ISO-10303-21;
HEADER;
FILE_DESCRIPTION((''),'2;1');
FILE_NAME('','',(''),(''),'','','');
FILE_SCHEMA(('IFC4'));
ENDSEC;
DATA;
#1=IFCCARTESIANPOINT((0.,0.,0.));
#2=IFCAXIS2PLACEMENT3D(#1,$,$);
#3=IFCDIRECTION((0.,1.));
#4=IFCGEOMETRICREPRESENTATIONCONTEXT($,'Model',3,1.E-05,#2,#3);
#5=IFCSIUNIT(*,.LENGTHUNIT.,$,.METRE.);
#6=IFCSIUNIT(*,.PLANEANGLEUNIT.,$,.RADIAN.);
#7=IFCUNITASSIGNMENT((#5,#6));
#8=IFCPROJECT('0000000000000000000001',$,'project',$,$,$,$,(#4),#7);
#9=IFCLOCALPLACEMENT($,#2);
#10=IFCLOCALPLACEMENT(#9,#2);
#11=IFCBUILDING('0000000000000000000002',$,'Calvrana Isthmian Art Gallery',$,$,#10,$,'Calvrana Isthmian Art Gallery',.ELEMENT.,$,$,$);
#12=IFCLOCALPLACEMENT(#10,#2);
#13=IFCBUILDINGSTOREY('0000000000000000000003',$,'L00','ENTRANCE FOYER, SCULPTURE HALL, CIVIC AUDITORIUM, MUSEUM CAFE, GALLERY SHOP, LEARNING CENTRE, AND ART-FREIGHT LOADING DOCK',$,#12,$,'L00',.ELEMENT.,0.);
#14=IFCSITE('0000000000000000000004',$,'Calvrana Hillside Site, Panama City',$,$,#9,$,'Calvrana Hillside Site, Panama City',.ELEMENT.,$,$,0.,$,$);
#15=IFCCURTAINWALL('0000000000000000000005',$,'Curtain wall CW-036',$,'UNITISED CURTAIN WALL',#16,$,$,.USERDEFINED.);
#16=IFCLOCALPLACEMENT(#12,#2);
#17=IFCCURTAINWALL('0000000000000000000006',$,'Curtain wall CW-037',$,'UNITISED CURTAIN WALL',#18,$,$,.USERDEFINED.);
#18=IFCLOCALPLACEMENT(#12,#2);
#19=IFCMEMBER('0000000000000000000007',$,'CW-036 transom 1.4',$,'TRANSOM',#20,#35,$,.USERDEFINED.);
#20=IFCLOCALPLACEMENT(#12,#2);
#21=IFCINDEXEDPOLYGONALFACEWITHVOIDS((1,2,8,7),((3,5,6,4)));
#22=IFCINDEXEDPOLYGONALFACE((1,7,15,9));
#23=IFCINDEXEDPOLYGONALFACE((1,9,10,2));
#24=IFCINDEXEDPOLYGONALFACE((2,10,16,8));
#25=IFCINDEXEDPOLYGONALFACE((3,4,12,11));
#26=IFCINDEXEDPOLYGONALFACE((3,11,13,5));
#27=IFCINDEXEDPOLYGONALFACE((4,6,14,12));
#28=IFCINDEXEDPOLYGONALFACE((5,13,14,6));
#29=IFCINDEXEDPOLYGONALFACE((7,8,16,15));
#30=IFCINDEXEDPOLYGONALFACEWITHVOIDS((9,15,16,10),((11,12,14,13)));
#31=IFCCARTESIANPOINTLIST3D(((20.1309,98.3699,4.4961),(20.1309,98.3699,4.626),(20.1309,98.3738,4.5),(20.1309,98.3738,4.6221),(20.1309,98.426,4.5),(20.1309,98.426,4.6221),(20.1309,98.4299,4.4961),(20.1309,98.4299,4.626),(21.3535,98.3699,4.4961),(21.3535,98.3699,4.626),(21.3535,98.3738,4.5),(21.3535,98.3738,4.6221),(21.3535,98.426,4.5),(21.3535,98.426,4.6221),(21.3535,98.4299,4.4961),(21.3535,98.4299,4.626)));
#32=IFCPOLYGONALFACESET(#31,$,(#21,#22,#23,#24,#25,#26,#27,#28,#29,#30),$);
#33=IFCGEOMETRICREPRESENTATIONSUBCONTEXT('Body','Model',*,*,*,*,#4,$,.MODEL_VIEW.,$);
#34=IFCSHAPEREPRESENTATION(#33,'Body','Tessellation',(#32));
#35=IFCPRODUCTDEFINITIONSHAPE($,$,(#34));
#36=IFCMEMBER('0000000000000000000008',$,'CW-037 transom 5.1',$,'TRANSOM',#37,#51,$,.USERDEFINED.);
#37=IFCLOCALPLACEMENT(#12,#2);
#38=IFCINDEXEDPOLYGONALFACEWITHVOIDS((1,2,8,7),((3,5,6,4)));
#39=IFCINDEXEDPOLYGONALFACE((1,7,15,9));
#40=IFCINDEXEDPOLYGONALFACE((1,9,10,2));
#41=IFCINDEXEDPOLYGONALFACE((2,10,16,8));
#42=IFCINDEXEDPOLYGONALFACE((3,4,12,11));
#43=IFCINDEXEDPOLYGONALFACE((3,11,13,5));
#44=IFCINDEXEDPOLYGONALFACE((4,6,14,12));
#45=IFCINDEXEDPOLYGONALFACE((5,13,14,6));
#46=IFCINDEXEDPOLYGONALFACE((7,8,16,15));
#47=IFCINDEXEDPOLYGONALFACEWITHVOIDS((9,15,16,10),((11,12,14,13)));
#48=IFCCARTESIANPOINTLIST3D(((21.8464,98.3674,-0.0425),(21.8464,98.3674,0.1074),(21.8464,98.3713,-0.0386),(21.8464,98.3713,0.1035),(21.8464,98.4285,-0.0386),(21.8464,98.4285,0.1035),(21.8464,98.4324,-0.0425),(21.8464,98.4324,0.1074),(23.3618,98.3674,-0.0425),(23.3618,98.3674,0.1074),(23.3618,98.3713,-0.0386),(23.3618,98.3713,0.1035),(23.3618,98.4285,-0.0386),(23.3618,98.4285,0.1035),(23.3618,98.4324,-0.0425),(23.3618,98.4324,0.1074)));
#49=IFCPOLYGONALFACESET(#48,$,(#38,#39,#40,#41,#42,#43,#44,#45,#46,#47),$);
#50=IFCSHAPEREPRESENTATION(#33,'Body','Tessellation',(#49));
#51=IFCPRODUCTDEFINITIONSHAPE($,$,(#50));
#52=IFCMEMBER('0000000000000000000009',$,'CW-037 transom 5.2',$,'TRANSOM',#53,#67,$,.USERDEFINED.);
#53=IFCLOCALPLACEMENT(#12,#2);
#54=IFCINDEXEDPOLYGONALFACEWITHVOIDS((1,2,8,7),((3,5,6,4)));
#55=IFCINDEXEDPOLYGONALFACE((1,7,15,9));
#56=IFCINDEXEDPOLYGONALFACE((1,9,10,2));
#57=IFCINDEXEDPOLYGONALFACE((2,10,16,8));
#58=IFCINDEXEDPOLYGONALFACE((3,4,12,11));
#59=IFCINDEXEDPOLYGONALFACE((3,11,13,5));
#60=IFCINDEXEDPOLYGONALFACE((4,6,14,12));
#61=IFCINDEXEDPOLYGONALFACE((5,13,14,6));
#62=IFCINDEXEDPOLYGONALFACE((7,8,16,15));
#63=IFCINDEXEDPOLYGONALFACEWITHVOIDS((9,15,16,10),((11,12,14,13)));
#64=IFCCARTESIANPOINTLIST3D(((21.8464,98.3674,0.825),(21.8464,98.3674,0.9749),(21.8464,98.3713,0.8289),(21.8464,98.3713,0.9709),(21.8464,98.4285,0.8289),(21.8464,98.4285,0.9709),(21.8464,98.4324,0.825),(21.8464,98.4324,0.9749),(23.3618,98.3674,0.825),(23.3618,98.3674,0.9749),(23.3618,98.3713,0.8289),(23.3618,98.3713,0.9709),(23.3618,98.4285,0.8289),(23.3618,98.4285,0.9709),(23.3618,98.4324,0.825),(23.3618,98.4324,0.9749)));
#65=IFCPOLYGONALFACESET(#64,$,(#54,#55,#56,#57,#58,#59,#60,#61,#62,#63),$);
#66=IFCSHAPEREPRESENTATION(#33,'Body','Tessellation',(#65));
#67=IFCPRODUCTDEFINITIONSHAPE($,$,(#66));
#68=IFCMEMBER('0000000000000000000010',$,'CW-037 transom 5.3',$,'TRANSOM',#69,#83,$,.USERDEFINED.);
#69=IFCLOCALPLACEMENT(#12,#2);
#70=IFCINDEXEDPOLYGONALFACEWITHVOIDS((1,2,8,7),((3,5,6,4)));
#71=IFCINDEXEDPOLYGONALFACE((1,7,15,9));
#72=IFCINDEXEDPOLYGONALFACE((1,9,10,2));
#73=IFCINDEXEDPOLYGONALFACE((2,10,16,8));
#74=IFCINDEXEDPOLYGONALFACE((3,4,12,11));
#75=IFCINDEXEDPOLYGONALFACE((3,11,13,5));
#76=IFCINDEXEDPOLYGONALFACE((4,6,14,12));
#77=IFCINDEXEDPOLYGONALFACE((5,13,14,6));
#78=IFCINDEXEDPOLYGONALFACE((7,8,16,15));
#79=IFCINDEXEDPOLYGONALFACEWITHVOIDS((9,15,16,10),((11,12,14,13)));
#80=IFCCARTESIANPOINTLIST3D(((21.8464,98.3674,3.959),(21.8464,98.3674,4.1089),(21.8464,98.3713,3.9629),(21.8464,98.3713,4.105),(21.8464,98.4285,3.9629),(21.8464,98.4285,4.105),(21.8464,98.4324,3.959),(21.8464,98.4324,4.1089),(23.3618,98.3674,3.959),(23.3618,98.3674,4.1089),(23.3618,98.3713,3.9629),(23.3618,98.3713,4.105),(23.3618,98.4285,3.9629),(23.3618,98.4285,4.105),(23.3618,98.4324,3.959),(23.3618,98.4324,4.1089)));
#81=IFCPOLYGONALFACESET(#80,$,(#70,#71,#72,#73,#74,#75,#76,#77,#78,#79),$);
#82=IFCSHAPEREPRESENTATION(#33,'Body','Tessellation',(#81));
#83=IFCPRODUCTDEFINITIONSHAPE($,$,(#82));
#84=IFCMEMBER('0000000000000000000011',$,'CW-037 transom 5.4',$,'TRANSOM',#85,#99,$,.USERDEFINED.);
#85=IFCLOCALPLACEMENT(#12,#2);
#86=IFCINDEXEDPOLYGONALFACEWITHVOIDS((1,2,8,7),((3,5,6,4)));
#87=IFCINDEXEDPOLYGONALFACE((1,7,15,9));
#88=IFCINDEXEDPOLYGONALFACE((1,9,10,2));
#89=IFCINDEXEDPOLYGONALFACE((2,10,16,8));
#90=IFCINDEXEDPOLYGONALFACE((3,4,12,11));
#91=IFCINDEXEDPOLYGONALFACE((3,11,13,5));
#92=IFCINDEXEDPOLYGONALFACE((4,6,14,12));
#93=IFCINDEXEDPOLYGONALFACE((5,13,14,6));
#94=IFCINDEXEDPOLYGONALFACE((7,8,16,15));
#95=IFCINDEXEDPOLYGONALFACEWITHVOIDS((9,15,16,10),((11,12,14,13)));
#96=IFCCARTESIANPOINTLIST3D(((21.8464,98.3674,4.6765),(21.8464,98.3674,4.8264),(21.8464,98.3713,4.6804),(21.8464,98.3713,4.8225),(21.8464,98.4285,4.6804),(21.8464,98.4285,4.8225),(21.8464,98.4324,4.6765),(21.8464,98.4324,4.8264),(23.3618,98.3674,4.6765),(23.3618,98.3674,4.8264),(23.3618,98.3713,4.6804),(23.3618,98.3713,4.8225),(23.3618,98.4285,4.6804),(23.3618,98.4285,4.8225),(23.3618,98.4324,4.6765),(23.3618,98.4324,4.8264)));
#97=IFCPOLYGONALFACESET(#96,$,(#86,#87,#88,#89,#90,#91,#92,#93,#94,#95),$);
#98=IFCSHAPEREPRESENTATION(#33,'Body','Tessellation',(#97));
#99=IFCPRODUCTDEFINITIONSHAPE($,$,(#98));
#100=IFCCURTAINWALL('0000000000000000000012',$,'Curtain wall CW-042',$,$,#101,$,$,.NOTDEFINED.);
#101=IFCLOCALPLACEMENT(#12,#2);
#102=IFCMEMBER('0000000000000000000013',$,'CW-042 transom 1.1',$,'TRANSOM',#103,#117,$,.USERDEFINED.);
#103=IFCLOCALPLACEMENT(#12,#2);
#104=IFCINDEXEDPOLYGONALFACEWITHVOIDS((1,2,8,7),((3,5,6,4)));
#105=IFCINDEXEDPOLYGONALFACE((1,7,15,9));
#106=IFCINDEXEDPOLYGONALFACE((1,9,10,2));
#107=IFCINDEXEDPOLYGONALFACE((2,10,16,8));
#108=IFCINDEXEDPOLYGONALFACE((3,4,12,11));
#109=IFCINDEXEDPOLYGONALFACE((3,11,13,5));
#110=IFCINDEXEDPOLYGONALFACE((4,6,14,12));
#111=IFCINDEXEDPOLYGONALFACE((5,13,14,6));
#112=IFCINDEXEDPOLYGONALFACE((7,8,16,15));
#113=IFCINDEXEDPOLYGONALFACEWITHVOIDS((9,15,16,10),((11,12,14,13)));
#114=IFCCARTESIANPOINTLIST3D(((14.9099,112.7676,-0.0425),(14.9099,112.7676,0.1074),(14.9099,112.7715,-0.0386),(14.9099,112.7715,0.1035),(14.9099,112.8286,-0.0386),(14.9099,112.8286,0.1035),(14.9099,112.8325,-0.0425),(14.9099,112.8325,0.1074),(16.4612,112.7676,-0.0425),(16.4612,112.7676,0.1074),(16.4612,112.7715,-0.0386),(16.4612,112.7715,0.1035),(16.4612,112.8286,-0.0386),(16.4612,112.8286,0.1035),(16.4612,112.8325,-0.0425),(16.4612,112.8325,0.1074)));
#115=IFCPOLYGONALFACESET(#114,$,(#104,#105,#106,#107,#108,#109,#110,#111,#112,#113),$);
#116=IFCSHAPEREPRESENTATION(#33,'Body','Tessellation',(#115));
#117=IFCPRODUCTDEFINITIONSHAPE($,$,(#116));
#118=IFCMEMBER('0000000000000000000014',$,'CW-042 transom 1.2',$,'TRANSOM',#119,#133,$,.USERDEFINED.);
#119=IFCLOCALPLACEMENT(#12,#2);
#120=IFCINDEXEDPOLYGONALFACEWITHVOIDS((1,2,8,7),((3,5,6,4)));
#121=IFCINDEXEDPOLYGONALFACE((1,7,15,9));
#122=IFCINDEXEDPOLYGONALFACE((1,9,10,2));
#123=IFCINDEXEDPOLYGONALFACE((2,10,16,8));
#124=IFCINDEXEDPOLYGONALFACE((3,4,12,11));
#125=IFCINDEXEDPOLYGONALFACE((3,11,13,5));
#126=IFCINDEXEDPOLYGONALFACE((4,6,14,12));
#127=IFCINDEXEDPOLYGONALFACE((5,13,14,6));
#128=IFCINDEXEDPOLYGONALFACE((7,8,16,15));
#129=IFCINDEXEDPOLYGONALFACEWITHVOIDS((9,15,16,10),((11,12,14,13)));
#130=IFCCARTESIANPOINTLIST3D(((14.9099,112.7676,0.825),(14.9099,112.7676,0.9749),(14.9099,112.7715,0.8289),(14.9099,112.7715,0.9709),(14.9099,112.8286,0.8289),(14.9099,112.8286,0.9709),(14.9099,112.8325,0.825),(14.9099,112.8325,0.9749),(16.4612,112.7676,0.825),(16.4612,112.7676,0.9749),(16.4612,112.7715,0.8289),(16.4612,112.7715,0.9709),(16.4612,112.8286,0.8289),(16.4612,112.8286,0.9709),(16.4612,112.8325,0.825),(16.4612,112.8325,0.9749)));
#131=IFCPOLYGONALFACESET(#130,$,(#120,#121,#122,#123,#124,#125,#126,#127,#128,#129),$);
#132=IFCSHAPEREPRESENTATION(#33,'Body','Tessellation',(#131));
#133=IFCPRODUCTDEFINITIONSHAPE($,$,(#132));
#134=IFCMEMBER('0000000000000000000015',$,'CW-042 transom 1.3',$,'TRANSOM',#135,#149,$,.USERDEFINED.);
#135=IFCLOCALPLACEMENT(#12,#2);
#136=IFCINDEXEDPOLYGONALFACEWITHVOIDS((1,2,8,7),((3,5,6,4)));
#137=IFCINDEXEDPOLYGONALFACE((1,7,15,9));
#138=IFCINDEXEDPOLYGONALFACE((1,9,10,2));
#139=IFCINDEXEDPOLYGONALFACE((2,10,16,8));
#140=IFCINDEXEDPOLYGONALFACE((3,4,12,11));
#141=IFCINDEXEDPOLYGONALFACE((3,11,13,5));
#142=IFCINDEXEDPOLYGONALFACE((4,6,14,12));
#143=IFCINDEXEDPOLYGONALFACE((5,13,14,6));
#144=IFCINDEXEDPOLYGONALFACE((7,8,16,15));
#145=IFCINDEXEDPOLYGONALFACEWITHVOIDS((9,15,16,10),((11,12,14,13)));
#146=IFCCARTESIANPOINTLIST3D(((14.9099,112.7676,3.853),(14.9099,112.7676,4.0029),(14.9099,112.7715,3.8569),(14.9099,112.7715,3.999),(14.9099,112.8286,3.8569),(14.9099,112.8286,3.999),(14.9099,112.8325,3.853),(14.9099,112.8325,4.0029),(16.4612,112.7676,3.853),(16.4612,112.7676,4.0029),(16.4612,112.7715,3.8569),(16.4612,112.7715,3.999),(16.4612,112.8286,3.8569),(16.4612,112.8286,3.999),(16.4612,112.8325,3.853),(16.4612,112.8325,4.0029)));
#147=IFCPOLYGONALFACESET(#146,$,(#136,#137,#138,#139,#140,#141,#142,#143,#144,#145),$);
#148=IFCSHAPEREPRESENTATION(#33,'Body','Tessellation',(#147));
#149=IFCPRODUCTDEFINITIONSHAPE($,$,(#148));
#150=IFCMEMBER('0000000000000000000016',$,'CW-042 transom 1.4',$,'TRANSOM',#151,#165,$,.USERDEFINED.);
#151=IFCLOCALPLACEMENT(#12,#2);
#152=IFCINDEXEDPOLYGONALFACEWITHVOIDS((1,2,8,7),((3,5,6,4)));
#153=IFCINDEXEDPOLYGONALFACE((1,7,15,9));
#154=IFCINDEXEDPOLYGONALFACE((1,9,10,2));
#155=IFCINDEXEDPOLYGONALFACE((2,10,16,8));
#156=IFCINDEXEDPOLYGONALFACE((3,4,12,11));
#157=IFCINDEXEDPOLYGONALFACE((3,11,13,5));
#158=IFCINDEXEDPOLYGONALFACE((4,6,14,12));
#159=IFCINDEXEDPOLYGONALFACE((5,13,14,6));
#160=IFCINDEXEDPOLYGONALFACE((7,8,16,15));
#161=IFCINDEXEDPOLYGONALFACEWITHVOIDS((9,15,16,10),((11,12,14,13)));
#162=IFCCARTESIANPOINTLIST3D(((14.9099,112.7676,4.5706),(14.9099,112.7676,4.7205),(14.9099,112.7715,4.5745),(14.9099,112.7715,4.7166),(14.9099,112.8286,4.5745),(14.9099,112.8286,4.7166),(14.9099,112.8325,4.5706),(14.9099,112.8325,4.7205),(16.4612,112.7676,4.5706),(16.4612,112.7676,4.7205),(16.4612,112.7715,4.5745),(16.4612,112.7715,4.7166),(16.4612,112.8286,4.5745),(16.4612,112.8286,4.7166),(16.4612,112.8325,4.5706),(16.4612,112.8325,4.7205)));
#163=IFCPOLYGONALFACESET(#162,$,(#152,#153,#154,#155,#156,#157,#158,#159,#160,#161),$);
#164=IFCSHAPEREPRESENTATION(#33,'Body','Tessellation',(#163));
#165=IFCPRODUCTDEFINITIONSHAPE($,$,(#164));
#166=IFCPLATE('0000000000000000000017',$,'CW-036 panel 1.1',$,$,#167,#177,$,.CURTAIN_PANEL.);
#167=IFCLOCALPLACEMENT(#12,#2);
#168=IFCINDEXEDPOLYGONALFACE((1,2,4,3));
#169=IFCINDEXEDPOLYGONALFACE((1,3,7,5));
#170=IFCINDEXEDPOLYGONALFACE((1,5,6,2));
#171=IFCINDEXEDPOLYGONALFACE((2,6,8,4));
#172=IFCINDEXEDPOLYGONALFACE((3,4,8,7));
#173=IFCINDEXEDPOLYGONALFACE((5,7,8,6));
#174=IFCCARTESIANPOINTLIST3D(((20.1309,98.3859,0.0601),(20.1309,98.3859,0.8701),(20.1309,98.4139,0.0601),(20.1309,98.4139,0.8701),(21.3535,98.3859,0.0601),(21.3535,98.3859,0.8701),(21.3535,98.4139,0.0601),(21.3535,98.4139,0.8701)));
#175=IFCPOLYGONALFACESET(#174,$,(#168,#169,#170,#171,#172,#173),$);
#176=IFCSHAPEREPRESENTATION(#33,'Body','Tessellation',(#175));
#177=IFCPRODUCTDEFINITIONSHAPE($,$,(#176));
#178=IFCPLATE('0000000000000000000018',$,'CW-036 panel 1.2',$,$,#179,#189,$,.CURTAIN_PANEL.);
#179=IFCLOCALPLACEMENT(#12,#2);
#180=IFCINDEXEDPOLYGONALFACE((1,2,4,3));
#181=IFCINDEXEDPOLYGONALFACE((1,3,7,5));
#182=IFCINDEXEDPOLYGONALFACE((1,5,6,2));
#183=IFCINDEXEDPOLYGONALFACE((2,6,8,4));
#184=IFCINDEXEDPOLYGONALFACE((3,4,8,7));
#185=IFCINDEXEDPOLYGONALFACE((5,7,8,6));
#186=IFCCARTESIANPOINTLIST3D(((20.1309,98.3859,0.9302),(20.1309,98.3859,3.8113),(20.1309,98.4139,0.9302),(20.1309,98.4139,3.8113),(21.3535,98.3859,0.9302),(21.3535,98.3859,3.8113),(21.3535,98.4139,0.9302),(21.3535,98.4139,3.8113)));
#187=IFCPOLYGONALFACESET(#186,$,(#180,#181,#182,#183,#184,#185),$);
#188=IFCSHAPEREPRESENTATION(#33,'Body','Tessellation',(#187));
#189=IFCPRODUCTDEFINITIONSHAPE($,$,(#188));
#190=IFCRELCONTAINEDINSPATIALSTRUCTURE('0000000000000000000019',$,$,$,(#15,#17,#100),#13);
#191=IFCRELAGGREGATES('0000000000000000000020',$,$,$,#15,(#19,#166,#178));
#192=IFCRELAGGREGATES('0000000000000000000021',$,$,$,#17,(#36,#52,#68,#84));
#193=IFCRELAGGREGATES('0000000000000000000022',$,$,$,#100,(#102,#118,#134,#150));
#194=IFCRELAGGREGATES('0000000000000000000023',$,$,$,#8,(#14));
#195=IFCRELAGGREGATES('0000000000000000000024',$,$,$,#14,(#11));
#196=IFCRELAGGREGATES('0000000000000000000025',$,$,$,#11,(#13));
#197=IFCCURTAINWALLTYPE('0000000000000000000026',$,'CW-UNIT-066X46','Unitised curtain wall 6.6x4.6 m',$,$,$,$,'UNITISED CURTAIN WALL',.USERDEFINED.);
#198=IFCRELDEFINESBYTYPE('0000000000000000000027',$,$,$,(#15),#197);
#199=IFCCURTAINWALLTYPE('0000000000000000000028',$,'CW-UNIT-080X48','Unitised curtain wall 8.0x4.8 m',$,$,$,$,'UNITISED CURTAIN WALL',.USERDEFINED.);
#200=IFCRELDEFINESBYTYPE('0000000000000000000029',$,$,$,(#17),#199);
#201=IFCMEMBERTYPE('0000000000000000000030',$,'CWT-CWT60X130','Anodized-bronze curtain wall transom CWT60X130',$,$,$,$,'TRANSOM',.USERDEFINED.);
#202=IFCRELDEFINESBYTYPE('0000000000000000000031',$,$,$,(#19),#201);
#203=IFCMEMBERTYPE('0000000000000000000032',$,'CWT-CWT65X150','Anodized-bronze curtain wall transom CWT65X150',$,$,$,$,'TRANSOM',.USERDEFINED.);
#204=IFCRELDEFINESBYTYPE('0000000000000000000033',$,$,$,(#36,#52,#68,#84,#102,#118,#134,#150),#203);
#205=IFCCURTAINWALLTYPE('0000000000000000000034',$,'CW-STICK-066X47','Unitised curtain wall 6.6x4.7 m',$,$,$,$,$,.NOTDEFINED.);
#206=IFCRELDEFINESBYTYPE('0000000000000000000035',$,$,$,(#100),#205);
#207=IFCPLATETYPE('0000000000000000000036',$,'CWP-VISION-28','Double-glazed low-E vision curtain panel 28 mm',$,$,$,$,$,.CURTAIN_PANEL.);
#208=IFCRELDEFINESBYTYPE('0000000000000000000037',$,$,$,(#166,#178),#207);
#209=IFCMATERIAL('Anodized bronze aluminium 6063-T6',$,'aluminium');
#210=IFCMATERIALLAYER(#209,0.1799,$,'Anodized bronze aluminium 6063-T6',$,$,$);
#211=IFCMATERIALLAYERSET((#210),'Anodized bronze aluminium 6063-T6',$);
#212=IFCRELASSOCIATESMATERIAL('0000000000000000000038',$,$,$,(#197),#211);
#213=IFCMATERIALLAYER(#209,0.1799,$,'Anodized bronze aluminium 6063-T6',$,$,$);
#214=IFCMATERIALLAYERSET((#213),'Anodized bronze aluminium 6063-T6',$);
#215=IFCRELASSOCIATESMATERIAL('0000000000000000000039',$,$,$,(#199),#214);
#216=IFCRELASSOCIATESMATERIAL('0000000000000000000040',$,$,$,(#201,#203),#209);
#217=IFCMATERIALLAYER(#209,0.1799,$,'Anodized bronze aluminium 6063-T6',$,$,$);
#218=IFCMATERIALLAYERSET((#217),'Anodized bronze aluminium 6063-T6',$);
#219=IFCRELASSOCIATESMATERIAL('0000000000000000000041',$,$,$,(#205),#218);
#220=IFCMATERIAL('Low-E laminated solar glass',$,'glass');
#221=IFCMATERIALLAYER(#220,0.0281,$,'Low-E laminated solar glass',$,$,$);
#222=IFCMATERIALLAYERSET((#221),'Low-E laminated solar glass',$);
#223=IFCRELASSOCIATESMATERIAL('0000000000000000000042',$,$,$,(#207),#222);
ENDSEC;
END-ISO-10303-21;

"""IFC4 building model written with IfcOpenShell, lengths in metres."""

from ifc_helpers import new_model, si_unit, direction, frame, origin, origin_2d, place, context, subcontext, project, spatial, rectangle, hollow_rectangle, extrude, material, layer, layer_set, material_profile, profile_set, type_object, element, aggregate, save


model = new_model("IFC4")

# Units and contexts
model_context = context("Model", 3, precision=1e-05, world=origin(), true_north=direction((0.0, 1.0)))
body_context = subcontext(model_context, "Body", "Model", "MODEL_VIEW")
ifc_project = project(units=[si_unit("LENGTHUNIT", "METRE"), si_unit("PLANEANGLEUNIT", "RADIAN")], contexts=[model_context])

# Site, building, storey
site_placement = place(None, origin())
site = spatial("IfcSite", under=ifc_project, at=site_placement, Name="Calvrana Hillside Site, Panama City", LongName="Calvrana Hillside Site, Panama City", CompositionType="ELEMENT", RefElevation=0.0)
building_placement = place(site_placement, origin())
building = spatial("IfcBuilding", under=site, at=building_placement, Name="Calvrana Isthmian Art Gallery", LongName="Calvrana Isthmian Art Gallery", CompositionType="ELEMENT")
storey_placement = place(building_placement, origin())
storey = spatial("IfcBuildingStorey", under=building, at=storey_placement, Name="L00", Description="ENTRANCE FOYER, SCULPTURE HALL, CIVIC AUDITORIUM, MUSEUM CAFE, GALLERY SHOP, LEARNING CENTRE, AND ART-FREIGHT LOADING DOCK", LongName="L00", CompositionType="ELEMENT", Elevation=0.0)

# Curtain walls
ifc_material_1 = material(Name="Anodized bronze aluminium 6063-T6", Category="aluminium")
ifc_layer_1 = layer(ifc_material_1, 0.1799, Name="Anodized bronze aluminium 6063-T6")
ifc_layer_set_1 = layer_set([ifc_layer_1], Name="Anodized bronze aluminium 6063-T6")
curtain_wall_type_1 = type_object("IfcCurtainWallType", Name="CW-UNIT-066X46", Description="Unitised curtain wall 6.6x4.6 m", ElementType="UNITISED CURTAIN WALL", PredefinedType="USERDEFINED", material=ifc_layer_set_1)
curtain_wall_1_placement = place(storey_placement, origin())
curtain_wall_1 = element("IfcCurtainWall", 1, at=curtain_wall_1_placement, inside=storey, type_object=curtain_wall_type_1, Name="Curtain wall CW-036", ObjectType="UNITISED CURTAIN WALL", PredefinedType="USERDEFINED")
ifc_layer_2 = layer(ifc_material_1, 0.1799, Name="Anodized bronze aluminium 6063-T6")
ifc_layer_set_2 = layer_set([ifc_layer_2], Name="Anodized bronze aluminium 6063-T6")
curtain_wall_type_2 = type_object("IfcCurtainWallType", Name="CW-UNIT-080X48", Description="Unitised curtain wall 8.0x4.8 m", ElementType="UNITISED CURTAIN WALL", PredefinedType="USERDEFINED", material=ifc_layer_set_2)
curtain_wall_2_placement = place(storey_placement, origin())
curtain_wall_2 = element("IfcCurtainWall", 2, at=curtain_wall_2_placement, inside=storey, type_object=curtain_wall_type_2, Name="Curtain wall CW-037", ObjectType="UNITISED CURTAIN WALL", PredefinedType="USERDEFINED")

# Members
ifc_material_profile_1 = material_profile(ifc_material_1, hollow_rectangle(XDim=0.0601, YDim=0.1299, WallThickness=0.0039, at=origin_2d()), Name="CWT60X130")
ifc_profile_set_1 = profile_set([ifc_material_profile_1], Name="Anodized bronze aluminium 6063-T6")
member_type_1 = type_object("IfcMemberType", Name="CWT-CWT60X130", Description="Anodized-bronze curtain wall transom CWT60X130", ElementType="TRANSOM", PredefinedType="USERDEFINED", material=ifc_profile_set_1)
member_1_placement = place(storey_placement, frame((21.3535, 98.3999, 4.561), z_axis=(-1.0, 0.0, 0.0), x_axis=(0.0, -1.0, 0.0)))
member_1 = element("IfcMember", 3, at=member_1_placement, type_object=member_type_1, Name="CW-036 transom 1.4", ObjectType="TRANSOM", PredefinedType="USERDEFINED", context=body_context, shape_type="SweptSolid", body=[
    extrude(hollow_rectangle(XDim=0.0601, YDim=0.1299, WallThickness=0.0039, at=origin_2d()), origin(), (0.0, 0.0, 1.0), 1.2227),
])
ifc_material_profile_2 = material_profile(ifc_material_1, hollow_rectangle(XDim=0.0649, YDim=0.1499, WallThickness=0.0039, at=origin_2d()), Name="CWT65X150")
ifc_profile_set_2 = profile_set([ifc_material_profile_2], Name="Anodized bronze aluminium 6063-T6")
member_type_2 = type_object("IfcMemberType", Name="CWT-CWT65X150", Description="Anodized-bronze curtain wall transom CWT65X150", ElementType="TRANSOM", PredefinedType="USERDEFINED", material=ifc_profile_set_2)
member_2_placement = place(storey_placement, frame((23.3618, 98.3999, 0.0325), z_axis=(-1.0, 0.0, 0.0), x_axis=(0.0, -1.0, 0.0)))
member_2 = element("IfcMember", 4, at=member_2_placement, type_object=member_type_2, Name="CW-037 transom 5.1", ObjectType="TRANSOM", PredefinedType="USERDEFINED", context=body_context, shape_type="SweptSolid", body=[
    extrude(hollow_rectangle(XDim=0.0649, YDim=0.1499, WallThickness=0.0039, at=origin_2d()), origin(), (0.0, 0.0, 1.0), 1.5154),
])
member_3_placement = place(storey_placement, frame((23.3618, 98.3999, 0.8999), z_axis=(-1.0, 0.0, 0.0), x_axis=(0.0, -1.0, 0.0)))
member_3 = element("IfcMember", 5, at=member_3_placement, type_object=member_type_2, Name="CW-037 transom 5.2", ObjectType="TRANSOM", PredefinedType="USERDEFINED", context=body_context, shape_type="SweptSolid", body=[
    extrude(hollow_rectangle(XDim=0.0649, YDim=0.1499, WallThickness=0.0039, at=origin_2d()), origin(), (0.0, 0.0, 1.0), 1.5154),
])
member_4_placement = place(storey_placement, frame((23.3618, 98.3999, 4.0339), z_axis=(-1.0, 0.0, 0.0), x_axis=(0.0, -1.0, 0.0)))
member_4 = element("IfcMember", 6, at=member_4_placement, type_object=member_type_2, Name="CW-037 transom 5.3", ObjectType="TRANSOM", PredefinedType="USERDEFINED", context=body_context, shape_type="SweptSolid", body=[
    extrude(hollow_rectangle(XDim=0.0649, YDim=0.1499, WallThickness=0.0039, at=origin_2d()), origin(), (0.0, 0.0, 1.0), 1.5154),
])
member_5_placement = place(storey_placement, frame((23.3618, 98.3999, 4.7515), z_axis=(-1.0, 0.0, 0.0), x_axis=(0.0, -1.0, 0.0)))
member_5 = element("IfcMember", 7, at=member_5_placement, type_object=member_type_2, Name="CW-037 transom 5.4", ObjectType="TRANSOM", PredefinedType="USERDEFINED", context=body_context, shape_type="SweptSolid", body=[
    extrude(hollow_rectangle(XDim=0.0649, YDim=0.1499, WallThickness=0.0039, at=origin_2d()), origin(), (0.0, 0.0, 1.0), 1.5154),
])

# Curtain wall, members
ifc_layer_3 = layer(ifc_material_1, 0.1799, Name="Anodized bronze aluminium 6063-T6")
ifc_layer_set_3 = layer_set([ifc_layer_3], Name="Anodized bronze aluminium 6063-T6")
curtain_wall_type_3 = type_object("IfcCurtainWallType", Name="CW-STICK-066X47", Description="Unitised curtain wall 6.6x4.7 m", PredefinedType="NOTDEFINED", material=ifc_layer_set_3)
curtain_wall_3_placement = place(storey_placement, origin())
curtain_wall_3 = element("IfcCurtainWall", 8, at=curtain_wall_3_placement, inside=storey, type_object=curtain_wall_type_3, Name="Curtain wall CW-042", PredefinedType="NOTDEFINED")
member_6_placement = place(storey_placement, frame((14.9099, 112.8, 0.0325), z_axis=(1.0, 0.0, 0.0), x_axis=(0.0, 1.0, 0.0)))
member_6 = element("IfcMember", 9, at=member_6_placement, type_object=member_type_2, Name="CW-042 transom 1.1", ObjectType="TRANSOM", PredefinedType="USERDEFINED", context=body_context, shape_type="SweptSolid", body=[
    extrude(hollow_rectangle(XDim=0.0649, YDim=0.1499, WallThickness=0.0039, at=origin_2d()), origin(), (0.0, 0.0, 1.0), 1.5513),
])
member_7_placement = place(storey_placement, frame((14.9099, 112.8, 0.8999), z_axis=(1.0, 0.0, 0.0), x_axis=(0.0, 1.0, 0.0)))
member_7 = element("IfcMember", 10, at=member_7_placement, type_object=member_type_2, Name="CW-042 transom 1.2", ObjectType="TRANSOM", PredefinedType="USERDEFINED", context=body_context, shape_type="SweptSolid", body=[
    extrude(hollow_rectangle(XDim=0.0649, YDim=0.1499, WallThickness=0.0039, at=origin_2d()), origin(), (0.0, 0.0, 1.0), 1.5513),
])
member_8_placement = place(storey_placement, frame((14.9099, 112.8, 3.928), z_axis=(1.0, 0.0, 0.0), x_axis=(0.0, 1.0, 0.0)))
member_8 = element("IfcMember", 11, at=member_8_placement, type_object=member_type_2, Name="CW-042 transom 1.3", ObjectType="TRANSOM", PredefinedType="USERDEFINED", context=body_context, shape_type="SweptSolid", body=[
    extrude(hollow_rectangle(XDim=0.0649, YDim=0.1499, WallThickness=0.0039, at=origin_2d()), origin(), (0.0, 0.0, 1.0), 1.5513),
])
member_9_placement = place(storey_placement, frame((14.9099, 112.8, 4.6455), z_axis=(1.0, 0.0, 0.0), x_axis=(0.0, 1.0, 0.0)))
member_9 = element("IfcMember", 12, at=member_9_placement, type_object=member_type_2, Name="CW-042 transom 1.4", ObjectType="TRANSOM", PredefinedType="USERDEFINED", context=body_context, shape_type="SweptSolid", body=[
    extrude(hollow_rectangle(XDim=0.0649, YDim=0.1499, WallThickness=0.0039, at=origin_2d()), origin(), (0.0, 0.0, 1.0), 1.5513),
])

# Plates
ifc_material_2 = material(Name="Low-E laminated solar glass", Category="glass")
ifc_layer_4 = layer(ifc_material_2, 0.0281, Name="Low-E laminated solar glass")
ifc_layer_set_4 = layer_set([ifc_layer_4], Name="Low-E laminated solar glass")
plate_type = type_object("IfcPlateType", Name="CWP-VISION-28", Description="Double-glazed low-E vision curtain panel 28 mm", PredefinedType="CURTAIN_PANEL", material=ifc_layer_set_4)
plate_1_placement = place(storey_placement, frame((20.7422, 98.3999, 0.0601), z_axis=(0.0, 0.0, 1.0), x_axis=(-1.0, 0.0, 0.0)))
plate_1 = element("IfcPlate", 13, at=plate_1_placement, type_object=plate_type, Name="CW-036 panel 1.1", PredefinedType="CURTAIN_PANEL", context=body_context, shape_type="SweptSolid", body=[
    extrude(rectangle(XDim=1.2227, YDim=0.0281, at=origin_2d()), origin(), (0.0, 0.0, 1.0), 0.8101),
])
plate_2_placement = place(storey_placement, frame((20.7422, 98.3999, 0.9302), z_axis=(0.0, 0.0, 1.0), x_axis=(-1.0, 0.0, 0.0)))
plate_2 = element("IfcPlate", 14, at=plate_2_placement, type_object=plate_type, Name="CW-036 panel 1.2", PredefinedType="CURTAIN_PANEL", context=body_context, shape_type="SweptSolid", body=[
    extrude(rectangle(XDim=1.2227, YDim=0.0281, at=origin_2d()), origin(), (0.0, 0.0, 1.0), 2.8811),
])
aggregate(curtain_wall_1, [member_1, plate_1, plate_2])
aggregate(curtain_wall_2, [member_2, member_3, member_4, member_5])
aggregate(curtain_wall_3, [member_6, member_7, member_8, member_9])

save(model, "model.ifc")
